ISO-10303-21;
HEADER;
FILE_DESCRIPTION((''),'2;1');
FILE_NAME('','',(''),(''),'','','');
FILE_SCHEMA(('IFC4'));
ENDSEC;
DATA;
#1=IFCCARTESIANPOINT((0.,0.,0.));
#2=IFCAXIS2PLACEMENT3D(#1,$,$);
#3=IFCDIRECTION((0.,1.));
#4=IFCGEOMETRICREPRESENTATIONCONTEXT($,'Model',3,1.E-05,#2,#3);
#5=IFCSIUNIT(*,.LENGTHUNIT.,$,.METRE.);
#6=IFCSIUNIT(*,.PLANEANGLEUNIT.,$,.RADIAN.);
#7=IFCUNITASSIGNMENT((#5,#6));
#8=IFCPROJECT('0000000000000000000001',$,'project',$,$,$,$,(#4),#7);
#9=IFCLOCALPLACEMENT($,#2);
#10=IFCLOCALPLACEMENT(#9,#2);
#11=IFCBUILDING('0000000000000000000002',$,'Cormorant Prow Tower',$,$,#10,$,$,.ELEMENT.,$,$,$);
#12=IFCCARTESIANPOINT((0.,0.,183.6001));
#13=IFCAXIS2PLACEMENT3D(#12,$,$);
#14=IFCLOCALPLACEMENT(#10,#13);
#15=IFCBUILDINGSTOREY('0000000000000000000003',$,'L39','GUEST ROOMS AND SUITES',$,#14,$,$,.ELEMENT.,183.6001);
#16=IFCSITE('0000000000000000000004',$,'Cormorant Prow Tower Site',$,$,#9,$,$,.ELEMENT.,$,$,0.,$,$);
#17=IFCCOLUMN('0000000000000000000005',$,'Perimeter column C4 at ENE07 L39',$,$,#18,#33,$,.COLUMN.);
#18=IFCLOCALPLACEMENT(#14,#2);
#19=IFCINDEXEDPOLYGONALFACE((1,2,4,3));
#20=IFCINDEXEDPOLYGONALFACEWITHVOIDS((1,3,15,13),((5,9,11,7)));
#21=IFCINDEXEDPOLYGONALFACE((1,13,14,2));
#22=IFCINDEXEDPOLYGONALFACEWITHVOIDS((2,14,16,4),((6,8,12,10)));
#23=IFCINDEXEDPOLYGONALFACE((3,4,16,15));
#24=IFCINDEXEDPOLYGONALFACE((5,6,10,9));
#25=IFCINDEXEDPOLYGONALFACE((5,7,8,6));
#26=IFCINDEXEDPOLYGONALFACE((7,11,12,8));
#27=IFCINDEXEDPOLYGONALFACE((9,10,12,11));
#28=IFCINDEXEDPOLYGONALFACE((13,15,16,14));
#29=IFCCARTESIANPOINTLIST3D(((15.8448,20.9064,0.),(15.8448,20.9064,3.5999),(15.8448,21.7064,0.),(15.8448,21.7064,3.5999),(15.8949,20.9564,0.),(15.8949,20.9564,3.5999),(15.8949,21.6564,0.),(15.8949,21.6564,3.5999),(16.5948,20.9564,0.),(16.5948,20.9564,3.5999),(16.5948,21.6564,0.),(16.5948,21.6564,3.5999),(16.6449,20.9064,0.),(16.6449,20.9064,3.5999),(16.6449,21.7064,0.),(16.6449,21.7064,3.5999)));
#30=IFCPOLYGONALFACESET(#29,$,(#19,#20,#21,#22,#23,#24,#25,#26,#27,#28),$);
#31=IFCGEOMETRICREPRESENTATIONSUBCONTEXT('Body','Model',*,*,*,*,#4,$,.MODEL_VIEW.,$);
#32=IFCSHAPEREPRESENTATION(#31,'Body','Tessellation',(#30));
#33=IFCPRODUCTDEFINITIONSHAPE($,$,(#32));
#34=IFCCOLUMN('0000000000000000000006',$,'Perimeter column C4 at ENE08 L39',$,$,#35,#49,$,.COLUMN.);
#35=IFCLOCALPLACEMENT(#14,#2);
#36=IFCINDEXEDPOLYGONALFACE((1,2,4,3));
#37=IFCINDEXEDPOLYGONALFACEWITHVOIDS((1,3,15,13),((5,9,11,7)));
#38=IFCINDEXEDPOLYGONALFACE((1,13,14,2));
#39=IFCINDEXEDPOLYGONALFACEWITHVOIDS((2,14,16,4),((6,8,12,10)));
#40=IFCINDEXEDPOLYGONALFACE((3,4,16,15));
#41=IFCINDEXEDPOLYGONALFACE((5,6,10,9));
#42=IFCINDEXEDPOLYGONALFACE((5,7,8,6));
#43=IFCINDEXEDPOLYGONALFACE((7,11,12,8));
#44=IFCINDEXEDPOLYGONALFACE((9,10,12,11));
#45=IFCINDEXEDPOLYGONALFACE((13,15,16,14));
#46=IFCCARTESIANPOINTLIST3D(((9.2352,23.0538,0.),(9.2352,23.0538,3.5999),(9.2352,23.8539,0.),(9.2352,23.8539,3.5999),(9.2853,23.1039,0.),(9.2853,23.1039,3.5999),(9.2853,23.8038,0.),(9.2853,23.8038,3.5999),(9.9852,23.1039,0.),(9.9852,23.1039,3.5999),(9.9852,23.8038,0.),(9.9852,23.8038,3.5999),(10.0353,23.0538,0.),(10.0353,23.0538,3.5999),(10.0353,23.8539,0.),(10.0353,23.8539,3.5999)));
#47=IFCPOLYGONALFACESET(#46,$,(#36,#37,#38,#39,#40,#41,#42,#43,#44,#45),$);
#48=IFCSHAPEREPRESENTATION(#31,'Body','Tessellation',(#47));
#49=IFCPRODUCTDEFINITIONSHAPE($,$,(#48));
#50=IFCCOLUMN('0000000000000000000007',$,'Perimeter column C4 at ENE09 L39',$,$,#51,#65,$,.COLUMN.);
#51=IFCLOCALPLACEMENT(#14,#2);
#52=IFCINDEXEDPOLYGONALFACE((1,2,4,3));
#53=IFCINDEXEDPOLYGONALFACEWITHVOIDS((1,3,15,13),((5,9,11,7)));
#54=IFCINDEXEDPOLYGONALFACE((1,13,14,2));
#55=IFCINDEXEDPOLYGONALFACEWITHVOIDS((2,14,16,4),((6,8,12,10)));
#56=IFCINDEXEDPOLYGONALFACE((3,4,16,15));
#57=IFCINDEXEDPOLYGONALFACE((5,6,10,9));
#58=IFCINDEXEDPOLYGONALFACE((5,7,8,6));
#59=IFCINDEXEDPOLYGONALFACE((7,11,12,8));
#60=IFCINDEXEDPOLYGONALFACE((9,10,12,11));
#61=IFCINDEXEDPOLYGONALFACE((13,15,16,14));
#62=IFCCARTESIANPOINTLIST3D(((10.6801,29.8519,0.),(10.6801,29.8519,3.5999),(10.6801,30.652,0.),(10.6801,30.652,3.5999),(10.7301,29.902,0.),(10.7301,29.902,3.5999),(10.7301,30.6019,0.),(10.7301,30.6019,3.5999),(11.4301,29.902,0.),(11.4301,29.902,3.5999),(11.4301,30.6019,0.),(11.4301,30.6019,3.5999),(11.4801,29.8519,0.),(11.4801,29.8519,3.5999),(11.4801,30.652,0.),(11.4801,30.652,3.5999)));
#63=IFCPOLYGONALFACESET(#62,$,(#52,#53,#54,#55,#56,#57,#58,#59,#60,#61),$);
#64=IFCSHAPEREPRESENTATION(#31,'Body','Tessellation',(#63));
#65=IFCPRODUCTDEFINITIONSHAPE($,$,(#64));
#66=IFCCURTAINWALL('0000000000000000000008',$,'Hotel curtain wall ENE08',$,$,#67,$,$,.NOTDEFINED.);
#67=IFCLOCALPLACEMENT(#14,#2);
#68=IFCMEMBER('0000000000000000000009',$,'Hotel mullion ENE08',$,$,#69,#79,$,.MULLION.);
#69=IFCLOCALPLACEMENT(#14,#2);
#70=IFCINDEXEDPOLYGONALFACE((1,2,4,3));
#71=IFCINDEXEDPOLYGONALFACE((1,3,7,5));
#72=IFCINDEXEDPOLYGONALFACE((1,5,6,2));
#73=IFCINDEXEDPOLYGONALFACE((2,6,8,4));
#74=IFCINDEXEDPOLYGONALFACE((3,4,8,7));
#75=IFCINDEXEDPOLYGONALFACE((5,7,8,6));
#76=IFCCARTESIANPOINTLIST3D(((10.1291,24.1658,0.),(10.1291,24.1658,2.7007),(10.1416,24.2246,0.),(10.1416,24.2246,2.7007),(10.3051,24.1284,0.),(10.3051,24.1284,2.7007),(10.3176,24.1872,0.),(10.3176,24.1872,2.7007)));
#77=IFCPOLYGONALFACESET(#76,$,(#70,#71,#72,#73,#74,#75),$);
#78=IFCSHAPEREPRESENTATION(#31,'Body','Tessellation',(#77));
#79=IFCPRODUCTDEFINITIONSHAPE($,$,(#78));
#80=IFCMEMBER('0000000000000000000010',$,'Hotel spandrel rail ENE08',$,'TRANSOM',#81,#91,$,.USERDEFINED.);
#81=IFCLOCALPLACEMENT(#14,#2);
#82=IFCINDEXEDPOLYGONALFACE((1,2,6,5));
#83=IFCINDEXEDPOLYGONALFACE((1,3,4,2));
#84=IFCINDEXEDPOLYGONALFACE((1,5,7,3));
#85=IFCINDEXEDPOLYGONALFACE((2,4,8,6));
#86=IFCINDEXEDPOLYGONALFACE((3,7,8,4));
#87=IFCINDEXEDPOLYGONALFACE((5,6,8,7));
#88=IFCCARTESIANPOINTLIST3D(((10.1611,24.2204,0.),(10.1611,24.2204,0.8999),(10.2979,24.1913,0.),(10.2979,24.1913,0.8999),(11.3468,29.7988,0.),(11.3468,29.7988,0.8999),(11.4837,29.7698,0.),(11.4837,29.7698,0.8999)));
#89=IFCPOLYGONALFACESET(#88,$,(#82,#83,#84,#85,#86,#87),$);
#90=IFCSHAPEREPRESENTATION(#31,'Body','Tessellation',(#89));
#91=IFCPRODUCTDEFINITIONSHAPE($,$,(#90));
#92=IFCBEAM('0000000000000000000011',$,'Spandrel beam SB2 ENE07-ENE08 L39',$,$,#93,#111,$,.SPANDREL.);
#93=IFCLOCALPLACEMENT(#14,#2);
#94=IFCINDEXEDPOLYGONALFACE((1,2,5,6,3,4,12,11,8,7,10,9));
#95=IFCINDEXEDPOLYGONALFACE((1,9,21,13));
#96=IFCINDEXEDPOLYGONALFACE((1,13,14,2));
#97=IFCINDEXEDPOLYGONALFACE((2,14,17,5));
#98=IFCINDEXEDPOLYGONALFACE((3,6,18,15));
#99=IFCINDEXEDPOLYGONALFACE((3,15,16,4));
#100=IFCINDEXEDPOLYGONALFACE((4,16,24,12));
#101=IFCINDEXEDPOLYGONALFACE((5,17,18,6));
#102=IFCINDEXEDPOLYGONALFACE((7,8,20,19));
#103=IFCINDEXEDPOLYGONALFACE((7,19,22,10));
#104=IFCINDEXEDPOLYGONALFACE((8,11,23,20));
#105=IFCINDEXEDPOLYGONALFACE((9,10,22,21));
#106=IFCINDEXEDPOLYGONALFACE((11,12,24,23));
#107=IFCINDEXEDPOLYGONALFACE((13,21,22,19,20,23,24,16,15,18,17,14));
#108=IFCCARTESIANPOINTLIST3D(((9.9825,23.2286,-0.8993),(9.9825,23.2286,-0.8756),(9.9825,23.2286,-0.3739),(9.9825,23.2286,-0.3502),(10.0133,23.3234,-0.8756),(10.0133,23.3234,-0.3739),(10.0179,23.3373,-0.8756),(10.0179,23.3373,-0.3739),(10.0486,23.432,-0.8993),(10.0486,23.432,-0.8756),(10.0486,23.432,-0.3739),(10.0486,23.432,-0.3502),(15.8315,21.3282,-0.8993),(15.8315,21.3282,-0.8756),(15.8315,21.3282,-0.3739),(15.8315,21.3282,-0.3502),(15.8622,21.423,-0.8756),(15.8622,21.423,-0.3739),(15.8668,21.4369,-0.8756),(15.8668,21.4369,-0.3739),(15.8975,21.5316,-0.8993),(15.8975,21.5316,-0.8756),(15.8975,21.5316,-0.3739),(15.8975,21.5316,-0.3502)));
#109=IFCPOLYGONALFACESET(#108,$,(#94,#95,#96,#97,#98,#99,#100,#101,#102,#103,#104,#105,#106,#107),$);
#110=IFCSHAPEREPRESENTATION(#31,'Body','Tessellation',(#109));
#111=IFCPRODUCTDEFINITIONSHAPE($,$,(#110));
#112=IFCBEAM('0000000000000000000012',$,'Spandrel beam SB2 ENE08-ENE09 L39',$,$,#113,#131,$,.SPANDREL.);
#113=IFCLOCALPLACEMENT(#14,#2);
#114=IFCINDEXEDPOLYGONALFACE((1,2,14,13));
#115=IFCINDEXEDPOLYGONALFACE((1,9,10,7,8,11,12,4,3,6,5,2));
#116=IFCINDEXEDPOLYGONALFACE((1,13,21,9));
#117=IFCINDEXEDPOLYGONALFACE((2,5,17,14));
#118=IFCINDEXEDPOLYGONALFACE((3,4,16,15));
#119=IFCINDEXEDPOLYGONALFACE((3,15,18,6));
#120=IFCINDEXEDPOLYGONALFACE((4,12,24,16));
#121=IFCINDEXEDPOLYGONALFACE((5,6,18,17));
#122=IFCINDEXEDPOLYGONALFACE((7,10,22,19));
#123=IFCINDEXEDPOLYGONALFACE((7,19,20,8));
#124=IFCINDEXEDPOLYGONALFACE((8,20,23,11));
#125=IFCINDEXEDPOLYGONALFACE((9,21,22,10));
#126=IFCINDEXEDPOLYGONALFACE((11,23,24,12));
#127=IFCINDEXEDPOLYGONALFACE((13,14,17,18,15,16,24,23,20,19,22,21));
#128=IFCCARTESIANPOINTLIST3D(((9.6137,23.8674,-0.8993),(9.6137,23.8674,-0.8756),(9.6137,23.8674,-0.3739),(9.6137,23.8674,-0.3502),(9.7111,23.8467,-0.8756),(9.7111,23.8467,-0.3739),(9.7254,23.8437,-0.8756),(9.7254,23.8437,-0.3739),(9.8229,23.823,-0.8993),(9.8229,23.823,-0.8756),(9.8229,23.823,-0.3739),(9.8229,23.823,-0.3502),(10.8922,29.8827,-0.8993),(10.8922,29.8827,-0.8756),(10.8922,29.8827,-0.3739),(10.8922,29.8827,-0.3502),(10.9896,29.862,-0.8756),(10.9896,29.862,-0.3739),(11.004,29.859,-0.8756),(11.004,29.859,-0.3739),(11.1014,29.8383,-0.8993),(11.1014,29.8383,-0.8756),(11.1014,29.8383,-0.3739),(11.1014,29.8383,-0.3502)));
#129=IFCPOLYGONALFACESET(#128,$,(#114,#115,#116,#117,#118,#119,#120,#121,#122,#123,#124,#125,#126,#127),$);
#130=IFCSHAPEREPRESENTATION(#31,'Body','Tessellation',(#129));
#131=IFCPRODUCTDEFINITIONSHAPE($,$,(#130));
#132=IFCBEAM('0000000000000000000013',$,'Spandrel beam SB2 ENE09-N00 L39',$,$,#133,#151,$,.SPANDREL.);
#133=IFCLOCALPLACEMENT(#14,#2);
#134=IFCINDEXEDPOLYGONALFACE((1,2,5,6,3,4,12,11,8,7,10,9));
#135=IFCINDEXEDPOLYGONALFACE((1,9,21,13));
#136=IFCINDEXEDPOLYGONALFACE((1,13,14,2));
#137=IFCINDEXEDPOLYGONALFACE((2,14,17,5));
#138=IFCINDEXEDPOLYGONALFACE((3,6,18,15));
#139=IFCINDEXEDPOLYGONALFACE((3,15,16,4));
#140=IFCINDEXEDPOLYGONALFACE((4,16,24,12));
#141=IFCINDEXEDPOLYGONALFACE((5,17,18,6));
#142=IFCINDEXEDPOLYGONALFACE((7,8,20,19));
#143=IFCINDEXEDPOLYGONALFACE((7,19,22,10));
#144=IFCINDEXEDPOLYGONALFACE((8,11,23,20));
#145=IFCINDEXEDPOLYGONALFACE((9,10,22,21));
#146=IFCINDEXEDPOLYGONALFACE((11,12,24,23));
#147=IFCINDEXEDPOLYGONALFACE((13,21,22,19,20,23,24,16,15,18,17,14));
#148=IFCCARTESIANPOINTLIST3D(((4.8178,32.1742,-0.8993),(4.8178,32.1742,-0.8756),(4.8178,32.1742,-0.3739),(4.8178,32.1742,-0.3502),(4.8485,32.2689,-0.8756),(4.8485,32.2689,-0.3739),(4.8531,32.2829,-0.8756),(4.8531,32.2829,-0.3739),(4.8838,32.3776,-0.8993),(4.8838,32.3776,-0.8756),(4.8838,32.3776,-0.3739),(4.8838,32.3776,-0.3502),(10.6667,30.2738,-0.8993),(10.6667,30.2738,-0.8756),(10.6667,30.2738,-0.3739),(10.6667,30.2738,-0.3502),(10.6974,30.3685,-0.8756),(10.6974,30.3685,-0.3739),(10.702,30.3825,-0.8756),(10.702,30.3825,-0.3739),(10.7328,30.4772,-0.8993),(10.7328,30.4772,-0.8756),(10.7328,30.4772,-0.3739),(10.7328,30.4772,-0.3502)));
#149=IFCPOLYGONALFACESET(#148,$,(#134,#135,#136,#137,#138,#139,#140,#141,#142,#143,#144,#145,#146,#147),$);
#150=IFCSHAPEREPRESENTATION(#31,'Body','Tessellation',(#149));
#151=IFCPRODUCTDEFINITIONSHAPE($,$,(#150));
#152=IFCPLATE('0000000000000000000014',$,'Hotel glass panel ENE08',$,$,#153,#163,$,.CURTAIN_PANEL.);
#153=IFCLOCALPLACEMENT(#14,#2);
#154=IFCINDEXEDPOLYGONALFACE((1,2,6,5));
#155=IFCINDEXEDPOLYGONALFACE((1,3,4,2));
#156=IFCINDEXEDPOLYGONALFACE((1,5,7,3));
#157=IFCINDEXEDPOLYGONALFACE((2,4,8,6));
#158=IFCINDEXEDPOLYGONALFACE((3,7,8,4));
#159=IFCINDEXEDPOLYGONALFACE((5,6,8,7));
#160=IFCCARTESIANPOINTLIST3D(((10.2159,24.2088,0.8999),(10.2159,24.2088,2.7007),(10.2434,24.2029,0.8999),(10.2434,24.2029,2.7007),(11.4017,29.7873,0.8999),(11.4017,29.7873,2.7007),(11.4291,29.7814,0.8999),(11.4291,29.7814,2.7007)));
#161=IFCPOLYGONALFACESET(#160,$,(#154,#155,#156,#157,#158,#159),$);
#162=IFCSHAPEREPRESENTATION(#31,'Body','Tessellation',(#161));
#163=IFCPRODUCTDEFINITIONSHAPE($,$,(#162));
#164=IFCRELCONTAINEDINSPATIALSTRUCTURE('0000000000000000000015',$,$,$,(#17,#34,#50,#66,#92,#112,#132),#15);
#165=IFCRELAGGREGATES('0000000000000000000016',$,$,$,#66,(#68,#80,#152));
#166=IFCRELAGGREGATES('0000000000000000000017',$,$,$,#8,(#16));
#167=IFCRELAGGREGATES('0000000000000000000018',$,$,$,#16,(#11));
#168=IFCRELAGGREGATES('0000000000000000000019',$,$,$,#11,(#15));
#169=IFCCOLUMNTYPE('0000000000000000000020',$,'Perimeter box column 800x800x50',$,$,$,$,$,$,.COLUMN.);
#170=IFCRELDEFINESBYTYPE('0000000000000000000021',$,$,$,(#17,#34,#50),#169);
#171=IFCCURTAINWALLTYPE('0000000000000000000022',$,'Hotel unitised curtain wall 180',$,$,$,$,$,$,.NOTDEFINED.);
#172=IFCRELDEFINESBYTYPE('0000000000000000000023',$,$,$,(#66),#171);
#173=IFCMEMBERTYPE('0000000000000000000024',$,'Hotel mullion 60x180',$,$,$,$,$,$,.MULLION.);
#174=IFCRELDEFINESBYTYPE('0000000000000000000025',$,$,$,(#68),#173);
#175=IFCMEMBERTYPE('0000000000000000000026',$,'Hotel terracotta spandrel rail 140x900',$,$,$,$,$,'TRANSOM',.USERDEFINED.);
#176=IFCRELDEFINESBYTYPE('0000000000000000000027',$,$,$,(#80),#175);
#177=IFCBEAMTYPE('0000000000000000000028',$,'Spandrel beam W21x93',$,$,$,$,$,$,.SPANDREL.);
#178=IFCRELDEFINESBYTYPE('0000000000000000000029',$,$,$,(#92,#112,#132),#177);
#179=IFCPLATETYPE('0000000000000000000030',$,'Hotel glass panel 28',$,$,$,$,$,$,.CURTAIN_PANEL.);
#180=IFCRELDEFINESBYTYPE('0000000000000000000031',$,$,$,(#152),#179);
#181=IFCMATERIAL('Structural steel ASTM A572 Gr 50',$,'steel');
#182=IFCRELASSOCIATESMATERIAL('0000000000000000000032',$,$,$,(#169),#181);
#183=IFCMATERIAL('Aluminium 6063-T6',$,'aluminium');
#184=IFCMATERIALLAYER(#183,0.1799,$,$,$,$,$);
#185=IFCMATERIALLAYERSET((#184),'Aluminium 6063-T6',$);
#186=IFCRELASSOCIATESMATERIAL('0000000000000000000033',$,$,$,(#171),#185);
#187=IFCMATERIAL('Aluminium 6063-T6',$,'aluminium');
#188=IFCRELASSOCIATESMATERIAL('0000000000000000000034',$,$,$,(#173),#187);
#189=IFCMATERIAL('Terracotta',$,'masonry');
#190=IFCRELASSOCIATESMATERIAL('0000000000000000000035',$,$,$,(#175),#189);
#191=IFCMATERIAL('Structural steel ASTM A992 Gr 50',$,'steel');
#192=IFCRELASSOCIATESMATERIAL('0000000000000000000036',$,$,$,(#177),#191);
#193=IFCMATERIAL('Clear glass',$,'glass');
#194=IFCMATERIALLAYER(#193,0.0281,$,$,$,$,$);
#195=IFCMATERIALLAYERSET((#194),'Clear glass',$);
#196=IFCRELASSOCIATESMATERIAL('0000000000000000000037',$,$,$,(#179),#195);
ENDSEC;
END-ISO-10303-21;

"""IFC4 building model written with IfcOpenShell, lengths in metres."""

from ifc_helpers import new_model, si_unit, direction, frame, origin, origin_2d, place, context, subcontext, project, spatial, rectangle, hollow_rectangle, i_section, extrude, material, layer, layer_set, material_profile, profile_set, type_object, element, aggregate, save


model = new_model("IFC4")

# Units and contexts
model_context = context("Model", 3, precision=1e-05, world=origin(), true_north=direction((0.0, 1.0)))
body_context = subcontext(model_context, "Body", "Model", "MODEL_VIEW")
ifc_project = project(units=[si_unit("LENGTHUNIT", "METRE"), si_unit("PLANEANGLEUNIT", "RADIAN")], contexts=[model_context])

# Site, building, storey
site_placement = place(None, origin())
site = spatial("IfcSite", under=ifc_project, at=site_placement, Name="Cormorant Prow Tower Site", CompositionType="ELEMENT", RefElevation=0.0)
building_placement = place(site_placement, origin())
building = spatial("IfcBuilding", under=site, at=building_placement, Name="Cormorant Prow Tower", CompositionType="ELEMENT")
storey_placement = place(building_placement, frame((0.0, 0.0, 183.6001)))
storey = spatial("IfcBuildingStorey", under=building, at=storey_placement, Name="L39", Description="GUEST ROOMS AND SUITES", CompositionType="ELEMENT", Elevation=183.6001)

# Columns
ifc_material_1 = material(Name="Structural steel ASTM A572 Gr 50", Category="steel")
ifc_material_profile_1 = material_profile(ifc_material_1, hollow_rectangle(XDim=0.8, YDim=0.8, WallThickness=0.05, at=origin_2d()), Name="Box 800x800x50")
ifc_profile_set_1 = profile_set([ifc_material_profile_1], Name="Structural steel ASTM A572 Gr 50")
column_type = type_object("IfcColumnType", Name="Perimeter box column 800x800x50", PredefinedType="COLUMN", material=ifc_profile_set_1)
for number, where, z_axis, x_axis, name in (
    (1, (16.2449, 21.3064, 0.0), (0.0, 0.0, 1.0), (1.0, 0.0, 0.0), "Perimeter column C4 at ENE07 L39"),
    (2, (9.6353, 23.4539, 0.0), (0.0, 0.0, 1.0), (1.0, 0.0, 0.0), "Perimeter column C4 at ENE08 L39"),
    (3, (11.0801, 30.252, 0.0), (0.0, 0.0, 1.0), (1.0, 0.0, 0.0), "Perimeter column C4 at ENE09 L39"),
):
    element("IfcColumn", number, at=place(storey_placement, frame(where, z_axis=z_axis, x_axis=x_axis)), inside=storey, type_object=column_type, Name=name, PredefinedType="COLUMN", context=body_context, shape_type="SweptSolid", body=[
        extrude(hollow_rectangle(XDim=0.8, YDim=0.8, WallThickness=0.05, at=origin_2d()), origin(), (0.0, 0.0, 1.0), 3.5999),
    ])

# Curtain wall, members
ifc_material_2 = material(Name="Aluminium 6063-T6", Category="aluminium")
ifc_layer_1 = layer(ifc_material_2, 0.1799)
ifc_layer_set_1 = layer_set([ifc_layer_1], Name="Aluminium 6063-T6")
curtain_wall_type = type_object("IfcCurtainWallType", Name="Hotel unitised curtain wall 180", PredefinedType="NOTDEFINED", material=ifc_layer_set_1)
curtain_wall_placement = place(storey_placement, origin())
curtain_wall = element("IfcCurtainWall", 4, at=curtain_wall_placement, inside=storey, type_object=curtain_wall_type, Name="Hotel curtain wall ENE08", PredefinedType="NOTDEFINED")
ifc_material_3 = material(Name="Aluminium 6063-T6", Category="aluminium")
ifc_material_profile_2 = material_profile(ifc_material_3, rectangle(XDim=0.1799, YDim=0.0601, at=origin_2d()), Name="Hotel mullion 60x180")
ifc_profile_set_2 = profile_set([ifc_material_profile_2], Name="Aluminium 6063-T6")
member_type_1 = type_object("IfcMemberType", Name="Hotel mullion 60x180", PredefinedType="MULLION", material=ifc_profile_set_2)
member_1_placement = place(storey_placement, frame((10.2234, 24.1765, 0.0), z_axis=(0.0, 0.0, 1.0), x_axis=(-0.978148, 0.207912, 0.0)))
member_1 = element("IfcMember", 5, at=member_1_placement, type_object=member_type_1, Name="Hotel mullion ENE08", PredefinedType="MULLION", context=body_context, shape_type="SweptSolid", body=[
    extrude(rectangle(XDim=0.1799, YDim=0.0601, at=origin_2d()), origin(), (0.0, 0.0, 1.0), 2.7007),
])
ifc_material_4 = material(Name="Terracotta", Category="masonry")
ifc_material_profile_3 = material_profile(ifc_material_4, rectangle(XDim=0.1399, YDim=0.8999, at=origin_2d()), Name="Hotel terracotta spandrel rail 140x900")
ifc_profile_set_3 = profile_set([ifc_material_profile_3], Name="Terracotta")
member_type_2 = type_object("IfcMemberType", Name="Hotel terracotta spandrel rail 140x900", ElementType="TRANSOM", PredefinedType="USERDEFINED", material=ifc_profile_set_3)
member_2_placement = place(storey_placement, frame((10.2295, 24.2058, 0.45), z_axis=(0.207915, 0.978147, 0.0), x_axis=(-0.978147, 0.207915, 0.0)))
member_2 = element("IfcMember", 6, at=member_2_placement, type_object=member_type_2, Name="Hotel spandrel rail ENE08", ObjectType="TRANSOM", PredefinedType="USERDEFINED", context=body_context, shape_type="SweptSolid", body=[
    extrude(rectangle(XDim=0.1399, YDim=0.8999, at=origin_2d()), origin(), (0.0, 0.0, 1.0), 5.7031),
])

# Beams
ifc_material_5 = material(Name="Structural steel ASTM A992 Gr 50", Category="steel")
ifc_material_profile_4 = material_profile(ifc_material_5, i_section(OverallWidth=0.2139, OverallDepth=0.5491, WebThickness=0.0146, FlangeThickness=0.0237, at=origin_2d()), Name="W21x93")
ifc_profile_set_4 = profile_set([ifc_material_profile_4], Name="Structural steel ASTM A992 Gr 50")
beam_type = type_object("IfcBeamType", Name="Spandrel beam W21x93", PredefinedType="SPANDREL", material=ifc_profile_set_4)
beam_1_placement = place(storey_placement, frame((15.8645, 21.4299, -0.6248), z_axis=(-0.951058, 0.309013, 0.0), x_axis=(-0.309013, -0.951058, 0.0)))
element("IfcBeam", 7, at=beam_1_placement, inside=storey, type_object=beam_type, Name="Spandrel beam SB2 ENE07-ENE08 L39", PredefinedType="SPANDREL", context=body_context, shape_type="SweptSolid", body=[
    extrude(i_section(OverallWidth=0.2139, OverallDepth=0.5491, WebThickness=0.0146, FlangeThickness=0.0237, at=origin_2d()), origin(), (0.0, 0.0, 1.0), 6.1499),
])
beam_2_placement = place(storey_placement, frame((9.7183, 23.8452, -0.6248), z_axis=(0.207905, 0.978149, 0.0), x_axis=(-0.978149, 0.207905, 0.0)))
element("IfcBeam", 8, at=beam_2_placement, inside=storey, type_object=beam_type, Name="Spandrel beam SB2 ENE08-ENE09 L39", PredefinedType="SPANDREL", context=body_context, shape_type="SweptSolid", body=[
    extrude(i_section(OverallWidth=0.2139, OverallDepth=0.5491, WebThickness=0.0146, FlangeThickness=0.0237, at=origin_2d()), origin(), (0.0, 0.0, 1.0), 6.1497),
])
beam_3_placement = place(storey_placement, frame((10.6997, 30.3755, -0.6248), z_axis=(-0.951058, 0.309013, 0.0), x_axis=(-0.309013, -0.951058, 0.0)))
element("IfcBeam", 9, at=beam_3_placement, inside=storey, type_object=beam_type, Name="Spandrel beam SB2 ENE09-N00 L39", PredefinedType="SPANDREL", context=body_context, shape_type="SweptSolid", body=[
    extrude(i_section(OverallWidth=0.2139, OverallDepth=0.5491, WebThickness=0.0146, FlangeThickness=0.0237, at=origin_2d()), origin(), (0.0, 0.0, 1.0), 6.1499),
])

# Plate
ifc_material_6 = material(Name="Clear glass", Category="glass")
ifc_layer_2 = layer(ifc_material_6, 0.0281)
ifc_layer_set_2 = layer_set([ifc_layer_2], Name="Clear glass")
plate_type = type_object("IfcPlateType", Name="Hotel glass panel 28", PredefinedType="CURTAIN_PANEL", material=ifc_layer_set_2)
plate_placement = place(storey_placement, frame((10.8225, 26.9951, 0.8999), z_axis=(0.0, 0.0, 1.0), x_axis=(0.207912, 0.978148, 0.0)))
plate = element("IfcPlate", 10, at=plate_placement, type_object=plate_type, Name="Hotel glass panel ENE08", PredefinedType="CURTAIN_PANEL", context=body_context, shape_type="SweptSolid", body=[
    extrude(rectangle(XDim=5.7031, YDim=0.0281, at=origin_2d()), origin(), (0.0, 0.0, 1.0), 1.8008),
])
aggregate(curtain_wall, [member_1, member_2, plate])

save(model, "model.ifc")
